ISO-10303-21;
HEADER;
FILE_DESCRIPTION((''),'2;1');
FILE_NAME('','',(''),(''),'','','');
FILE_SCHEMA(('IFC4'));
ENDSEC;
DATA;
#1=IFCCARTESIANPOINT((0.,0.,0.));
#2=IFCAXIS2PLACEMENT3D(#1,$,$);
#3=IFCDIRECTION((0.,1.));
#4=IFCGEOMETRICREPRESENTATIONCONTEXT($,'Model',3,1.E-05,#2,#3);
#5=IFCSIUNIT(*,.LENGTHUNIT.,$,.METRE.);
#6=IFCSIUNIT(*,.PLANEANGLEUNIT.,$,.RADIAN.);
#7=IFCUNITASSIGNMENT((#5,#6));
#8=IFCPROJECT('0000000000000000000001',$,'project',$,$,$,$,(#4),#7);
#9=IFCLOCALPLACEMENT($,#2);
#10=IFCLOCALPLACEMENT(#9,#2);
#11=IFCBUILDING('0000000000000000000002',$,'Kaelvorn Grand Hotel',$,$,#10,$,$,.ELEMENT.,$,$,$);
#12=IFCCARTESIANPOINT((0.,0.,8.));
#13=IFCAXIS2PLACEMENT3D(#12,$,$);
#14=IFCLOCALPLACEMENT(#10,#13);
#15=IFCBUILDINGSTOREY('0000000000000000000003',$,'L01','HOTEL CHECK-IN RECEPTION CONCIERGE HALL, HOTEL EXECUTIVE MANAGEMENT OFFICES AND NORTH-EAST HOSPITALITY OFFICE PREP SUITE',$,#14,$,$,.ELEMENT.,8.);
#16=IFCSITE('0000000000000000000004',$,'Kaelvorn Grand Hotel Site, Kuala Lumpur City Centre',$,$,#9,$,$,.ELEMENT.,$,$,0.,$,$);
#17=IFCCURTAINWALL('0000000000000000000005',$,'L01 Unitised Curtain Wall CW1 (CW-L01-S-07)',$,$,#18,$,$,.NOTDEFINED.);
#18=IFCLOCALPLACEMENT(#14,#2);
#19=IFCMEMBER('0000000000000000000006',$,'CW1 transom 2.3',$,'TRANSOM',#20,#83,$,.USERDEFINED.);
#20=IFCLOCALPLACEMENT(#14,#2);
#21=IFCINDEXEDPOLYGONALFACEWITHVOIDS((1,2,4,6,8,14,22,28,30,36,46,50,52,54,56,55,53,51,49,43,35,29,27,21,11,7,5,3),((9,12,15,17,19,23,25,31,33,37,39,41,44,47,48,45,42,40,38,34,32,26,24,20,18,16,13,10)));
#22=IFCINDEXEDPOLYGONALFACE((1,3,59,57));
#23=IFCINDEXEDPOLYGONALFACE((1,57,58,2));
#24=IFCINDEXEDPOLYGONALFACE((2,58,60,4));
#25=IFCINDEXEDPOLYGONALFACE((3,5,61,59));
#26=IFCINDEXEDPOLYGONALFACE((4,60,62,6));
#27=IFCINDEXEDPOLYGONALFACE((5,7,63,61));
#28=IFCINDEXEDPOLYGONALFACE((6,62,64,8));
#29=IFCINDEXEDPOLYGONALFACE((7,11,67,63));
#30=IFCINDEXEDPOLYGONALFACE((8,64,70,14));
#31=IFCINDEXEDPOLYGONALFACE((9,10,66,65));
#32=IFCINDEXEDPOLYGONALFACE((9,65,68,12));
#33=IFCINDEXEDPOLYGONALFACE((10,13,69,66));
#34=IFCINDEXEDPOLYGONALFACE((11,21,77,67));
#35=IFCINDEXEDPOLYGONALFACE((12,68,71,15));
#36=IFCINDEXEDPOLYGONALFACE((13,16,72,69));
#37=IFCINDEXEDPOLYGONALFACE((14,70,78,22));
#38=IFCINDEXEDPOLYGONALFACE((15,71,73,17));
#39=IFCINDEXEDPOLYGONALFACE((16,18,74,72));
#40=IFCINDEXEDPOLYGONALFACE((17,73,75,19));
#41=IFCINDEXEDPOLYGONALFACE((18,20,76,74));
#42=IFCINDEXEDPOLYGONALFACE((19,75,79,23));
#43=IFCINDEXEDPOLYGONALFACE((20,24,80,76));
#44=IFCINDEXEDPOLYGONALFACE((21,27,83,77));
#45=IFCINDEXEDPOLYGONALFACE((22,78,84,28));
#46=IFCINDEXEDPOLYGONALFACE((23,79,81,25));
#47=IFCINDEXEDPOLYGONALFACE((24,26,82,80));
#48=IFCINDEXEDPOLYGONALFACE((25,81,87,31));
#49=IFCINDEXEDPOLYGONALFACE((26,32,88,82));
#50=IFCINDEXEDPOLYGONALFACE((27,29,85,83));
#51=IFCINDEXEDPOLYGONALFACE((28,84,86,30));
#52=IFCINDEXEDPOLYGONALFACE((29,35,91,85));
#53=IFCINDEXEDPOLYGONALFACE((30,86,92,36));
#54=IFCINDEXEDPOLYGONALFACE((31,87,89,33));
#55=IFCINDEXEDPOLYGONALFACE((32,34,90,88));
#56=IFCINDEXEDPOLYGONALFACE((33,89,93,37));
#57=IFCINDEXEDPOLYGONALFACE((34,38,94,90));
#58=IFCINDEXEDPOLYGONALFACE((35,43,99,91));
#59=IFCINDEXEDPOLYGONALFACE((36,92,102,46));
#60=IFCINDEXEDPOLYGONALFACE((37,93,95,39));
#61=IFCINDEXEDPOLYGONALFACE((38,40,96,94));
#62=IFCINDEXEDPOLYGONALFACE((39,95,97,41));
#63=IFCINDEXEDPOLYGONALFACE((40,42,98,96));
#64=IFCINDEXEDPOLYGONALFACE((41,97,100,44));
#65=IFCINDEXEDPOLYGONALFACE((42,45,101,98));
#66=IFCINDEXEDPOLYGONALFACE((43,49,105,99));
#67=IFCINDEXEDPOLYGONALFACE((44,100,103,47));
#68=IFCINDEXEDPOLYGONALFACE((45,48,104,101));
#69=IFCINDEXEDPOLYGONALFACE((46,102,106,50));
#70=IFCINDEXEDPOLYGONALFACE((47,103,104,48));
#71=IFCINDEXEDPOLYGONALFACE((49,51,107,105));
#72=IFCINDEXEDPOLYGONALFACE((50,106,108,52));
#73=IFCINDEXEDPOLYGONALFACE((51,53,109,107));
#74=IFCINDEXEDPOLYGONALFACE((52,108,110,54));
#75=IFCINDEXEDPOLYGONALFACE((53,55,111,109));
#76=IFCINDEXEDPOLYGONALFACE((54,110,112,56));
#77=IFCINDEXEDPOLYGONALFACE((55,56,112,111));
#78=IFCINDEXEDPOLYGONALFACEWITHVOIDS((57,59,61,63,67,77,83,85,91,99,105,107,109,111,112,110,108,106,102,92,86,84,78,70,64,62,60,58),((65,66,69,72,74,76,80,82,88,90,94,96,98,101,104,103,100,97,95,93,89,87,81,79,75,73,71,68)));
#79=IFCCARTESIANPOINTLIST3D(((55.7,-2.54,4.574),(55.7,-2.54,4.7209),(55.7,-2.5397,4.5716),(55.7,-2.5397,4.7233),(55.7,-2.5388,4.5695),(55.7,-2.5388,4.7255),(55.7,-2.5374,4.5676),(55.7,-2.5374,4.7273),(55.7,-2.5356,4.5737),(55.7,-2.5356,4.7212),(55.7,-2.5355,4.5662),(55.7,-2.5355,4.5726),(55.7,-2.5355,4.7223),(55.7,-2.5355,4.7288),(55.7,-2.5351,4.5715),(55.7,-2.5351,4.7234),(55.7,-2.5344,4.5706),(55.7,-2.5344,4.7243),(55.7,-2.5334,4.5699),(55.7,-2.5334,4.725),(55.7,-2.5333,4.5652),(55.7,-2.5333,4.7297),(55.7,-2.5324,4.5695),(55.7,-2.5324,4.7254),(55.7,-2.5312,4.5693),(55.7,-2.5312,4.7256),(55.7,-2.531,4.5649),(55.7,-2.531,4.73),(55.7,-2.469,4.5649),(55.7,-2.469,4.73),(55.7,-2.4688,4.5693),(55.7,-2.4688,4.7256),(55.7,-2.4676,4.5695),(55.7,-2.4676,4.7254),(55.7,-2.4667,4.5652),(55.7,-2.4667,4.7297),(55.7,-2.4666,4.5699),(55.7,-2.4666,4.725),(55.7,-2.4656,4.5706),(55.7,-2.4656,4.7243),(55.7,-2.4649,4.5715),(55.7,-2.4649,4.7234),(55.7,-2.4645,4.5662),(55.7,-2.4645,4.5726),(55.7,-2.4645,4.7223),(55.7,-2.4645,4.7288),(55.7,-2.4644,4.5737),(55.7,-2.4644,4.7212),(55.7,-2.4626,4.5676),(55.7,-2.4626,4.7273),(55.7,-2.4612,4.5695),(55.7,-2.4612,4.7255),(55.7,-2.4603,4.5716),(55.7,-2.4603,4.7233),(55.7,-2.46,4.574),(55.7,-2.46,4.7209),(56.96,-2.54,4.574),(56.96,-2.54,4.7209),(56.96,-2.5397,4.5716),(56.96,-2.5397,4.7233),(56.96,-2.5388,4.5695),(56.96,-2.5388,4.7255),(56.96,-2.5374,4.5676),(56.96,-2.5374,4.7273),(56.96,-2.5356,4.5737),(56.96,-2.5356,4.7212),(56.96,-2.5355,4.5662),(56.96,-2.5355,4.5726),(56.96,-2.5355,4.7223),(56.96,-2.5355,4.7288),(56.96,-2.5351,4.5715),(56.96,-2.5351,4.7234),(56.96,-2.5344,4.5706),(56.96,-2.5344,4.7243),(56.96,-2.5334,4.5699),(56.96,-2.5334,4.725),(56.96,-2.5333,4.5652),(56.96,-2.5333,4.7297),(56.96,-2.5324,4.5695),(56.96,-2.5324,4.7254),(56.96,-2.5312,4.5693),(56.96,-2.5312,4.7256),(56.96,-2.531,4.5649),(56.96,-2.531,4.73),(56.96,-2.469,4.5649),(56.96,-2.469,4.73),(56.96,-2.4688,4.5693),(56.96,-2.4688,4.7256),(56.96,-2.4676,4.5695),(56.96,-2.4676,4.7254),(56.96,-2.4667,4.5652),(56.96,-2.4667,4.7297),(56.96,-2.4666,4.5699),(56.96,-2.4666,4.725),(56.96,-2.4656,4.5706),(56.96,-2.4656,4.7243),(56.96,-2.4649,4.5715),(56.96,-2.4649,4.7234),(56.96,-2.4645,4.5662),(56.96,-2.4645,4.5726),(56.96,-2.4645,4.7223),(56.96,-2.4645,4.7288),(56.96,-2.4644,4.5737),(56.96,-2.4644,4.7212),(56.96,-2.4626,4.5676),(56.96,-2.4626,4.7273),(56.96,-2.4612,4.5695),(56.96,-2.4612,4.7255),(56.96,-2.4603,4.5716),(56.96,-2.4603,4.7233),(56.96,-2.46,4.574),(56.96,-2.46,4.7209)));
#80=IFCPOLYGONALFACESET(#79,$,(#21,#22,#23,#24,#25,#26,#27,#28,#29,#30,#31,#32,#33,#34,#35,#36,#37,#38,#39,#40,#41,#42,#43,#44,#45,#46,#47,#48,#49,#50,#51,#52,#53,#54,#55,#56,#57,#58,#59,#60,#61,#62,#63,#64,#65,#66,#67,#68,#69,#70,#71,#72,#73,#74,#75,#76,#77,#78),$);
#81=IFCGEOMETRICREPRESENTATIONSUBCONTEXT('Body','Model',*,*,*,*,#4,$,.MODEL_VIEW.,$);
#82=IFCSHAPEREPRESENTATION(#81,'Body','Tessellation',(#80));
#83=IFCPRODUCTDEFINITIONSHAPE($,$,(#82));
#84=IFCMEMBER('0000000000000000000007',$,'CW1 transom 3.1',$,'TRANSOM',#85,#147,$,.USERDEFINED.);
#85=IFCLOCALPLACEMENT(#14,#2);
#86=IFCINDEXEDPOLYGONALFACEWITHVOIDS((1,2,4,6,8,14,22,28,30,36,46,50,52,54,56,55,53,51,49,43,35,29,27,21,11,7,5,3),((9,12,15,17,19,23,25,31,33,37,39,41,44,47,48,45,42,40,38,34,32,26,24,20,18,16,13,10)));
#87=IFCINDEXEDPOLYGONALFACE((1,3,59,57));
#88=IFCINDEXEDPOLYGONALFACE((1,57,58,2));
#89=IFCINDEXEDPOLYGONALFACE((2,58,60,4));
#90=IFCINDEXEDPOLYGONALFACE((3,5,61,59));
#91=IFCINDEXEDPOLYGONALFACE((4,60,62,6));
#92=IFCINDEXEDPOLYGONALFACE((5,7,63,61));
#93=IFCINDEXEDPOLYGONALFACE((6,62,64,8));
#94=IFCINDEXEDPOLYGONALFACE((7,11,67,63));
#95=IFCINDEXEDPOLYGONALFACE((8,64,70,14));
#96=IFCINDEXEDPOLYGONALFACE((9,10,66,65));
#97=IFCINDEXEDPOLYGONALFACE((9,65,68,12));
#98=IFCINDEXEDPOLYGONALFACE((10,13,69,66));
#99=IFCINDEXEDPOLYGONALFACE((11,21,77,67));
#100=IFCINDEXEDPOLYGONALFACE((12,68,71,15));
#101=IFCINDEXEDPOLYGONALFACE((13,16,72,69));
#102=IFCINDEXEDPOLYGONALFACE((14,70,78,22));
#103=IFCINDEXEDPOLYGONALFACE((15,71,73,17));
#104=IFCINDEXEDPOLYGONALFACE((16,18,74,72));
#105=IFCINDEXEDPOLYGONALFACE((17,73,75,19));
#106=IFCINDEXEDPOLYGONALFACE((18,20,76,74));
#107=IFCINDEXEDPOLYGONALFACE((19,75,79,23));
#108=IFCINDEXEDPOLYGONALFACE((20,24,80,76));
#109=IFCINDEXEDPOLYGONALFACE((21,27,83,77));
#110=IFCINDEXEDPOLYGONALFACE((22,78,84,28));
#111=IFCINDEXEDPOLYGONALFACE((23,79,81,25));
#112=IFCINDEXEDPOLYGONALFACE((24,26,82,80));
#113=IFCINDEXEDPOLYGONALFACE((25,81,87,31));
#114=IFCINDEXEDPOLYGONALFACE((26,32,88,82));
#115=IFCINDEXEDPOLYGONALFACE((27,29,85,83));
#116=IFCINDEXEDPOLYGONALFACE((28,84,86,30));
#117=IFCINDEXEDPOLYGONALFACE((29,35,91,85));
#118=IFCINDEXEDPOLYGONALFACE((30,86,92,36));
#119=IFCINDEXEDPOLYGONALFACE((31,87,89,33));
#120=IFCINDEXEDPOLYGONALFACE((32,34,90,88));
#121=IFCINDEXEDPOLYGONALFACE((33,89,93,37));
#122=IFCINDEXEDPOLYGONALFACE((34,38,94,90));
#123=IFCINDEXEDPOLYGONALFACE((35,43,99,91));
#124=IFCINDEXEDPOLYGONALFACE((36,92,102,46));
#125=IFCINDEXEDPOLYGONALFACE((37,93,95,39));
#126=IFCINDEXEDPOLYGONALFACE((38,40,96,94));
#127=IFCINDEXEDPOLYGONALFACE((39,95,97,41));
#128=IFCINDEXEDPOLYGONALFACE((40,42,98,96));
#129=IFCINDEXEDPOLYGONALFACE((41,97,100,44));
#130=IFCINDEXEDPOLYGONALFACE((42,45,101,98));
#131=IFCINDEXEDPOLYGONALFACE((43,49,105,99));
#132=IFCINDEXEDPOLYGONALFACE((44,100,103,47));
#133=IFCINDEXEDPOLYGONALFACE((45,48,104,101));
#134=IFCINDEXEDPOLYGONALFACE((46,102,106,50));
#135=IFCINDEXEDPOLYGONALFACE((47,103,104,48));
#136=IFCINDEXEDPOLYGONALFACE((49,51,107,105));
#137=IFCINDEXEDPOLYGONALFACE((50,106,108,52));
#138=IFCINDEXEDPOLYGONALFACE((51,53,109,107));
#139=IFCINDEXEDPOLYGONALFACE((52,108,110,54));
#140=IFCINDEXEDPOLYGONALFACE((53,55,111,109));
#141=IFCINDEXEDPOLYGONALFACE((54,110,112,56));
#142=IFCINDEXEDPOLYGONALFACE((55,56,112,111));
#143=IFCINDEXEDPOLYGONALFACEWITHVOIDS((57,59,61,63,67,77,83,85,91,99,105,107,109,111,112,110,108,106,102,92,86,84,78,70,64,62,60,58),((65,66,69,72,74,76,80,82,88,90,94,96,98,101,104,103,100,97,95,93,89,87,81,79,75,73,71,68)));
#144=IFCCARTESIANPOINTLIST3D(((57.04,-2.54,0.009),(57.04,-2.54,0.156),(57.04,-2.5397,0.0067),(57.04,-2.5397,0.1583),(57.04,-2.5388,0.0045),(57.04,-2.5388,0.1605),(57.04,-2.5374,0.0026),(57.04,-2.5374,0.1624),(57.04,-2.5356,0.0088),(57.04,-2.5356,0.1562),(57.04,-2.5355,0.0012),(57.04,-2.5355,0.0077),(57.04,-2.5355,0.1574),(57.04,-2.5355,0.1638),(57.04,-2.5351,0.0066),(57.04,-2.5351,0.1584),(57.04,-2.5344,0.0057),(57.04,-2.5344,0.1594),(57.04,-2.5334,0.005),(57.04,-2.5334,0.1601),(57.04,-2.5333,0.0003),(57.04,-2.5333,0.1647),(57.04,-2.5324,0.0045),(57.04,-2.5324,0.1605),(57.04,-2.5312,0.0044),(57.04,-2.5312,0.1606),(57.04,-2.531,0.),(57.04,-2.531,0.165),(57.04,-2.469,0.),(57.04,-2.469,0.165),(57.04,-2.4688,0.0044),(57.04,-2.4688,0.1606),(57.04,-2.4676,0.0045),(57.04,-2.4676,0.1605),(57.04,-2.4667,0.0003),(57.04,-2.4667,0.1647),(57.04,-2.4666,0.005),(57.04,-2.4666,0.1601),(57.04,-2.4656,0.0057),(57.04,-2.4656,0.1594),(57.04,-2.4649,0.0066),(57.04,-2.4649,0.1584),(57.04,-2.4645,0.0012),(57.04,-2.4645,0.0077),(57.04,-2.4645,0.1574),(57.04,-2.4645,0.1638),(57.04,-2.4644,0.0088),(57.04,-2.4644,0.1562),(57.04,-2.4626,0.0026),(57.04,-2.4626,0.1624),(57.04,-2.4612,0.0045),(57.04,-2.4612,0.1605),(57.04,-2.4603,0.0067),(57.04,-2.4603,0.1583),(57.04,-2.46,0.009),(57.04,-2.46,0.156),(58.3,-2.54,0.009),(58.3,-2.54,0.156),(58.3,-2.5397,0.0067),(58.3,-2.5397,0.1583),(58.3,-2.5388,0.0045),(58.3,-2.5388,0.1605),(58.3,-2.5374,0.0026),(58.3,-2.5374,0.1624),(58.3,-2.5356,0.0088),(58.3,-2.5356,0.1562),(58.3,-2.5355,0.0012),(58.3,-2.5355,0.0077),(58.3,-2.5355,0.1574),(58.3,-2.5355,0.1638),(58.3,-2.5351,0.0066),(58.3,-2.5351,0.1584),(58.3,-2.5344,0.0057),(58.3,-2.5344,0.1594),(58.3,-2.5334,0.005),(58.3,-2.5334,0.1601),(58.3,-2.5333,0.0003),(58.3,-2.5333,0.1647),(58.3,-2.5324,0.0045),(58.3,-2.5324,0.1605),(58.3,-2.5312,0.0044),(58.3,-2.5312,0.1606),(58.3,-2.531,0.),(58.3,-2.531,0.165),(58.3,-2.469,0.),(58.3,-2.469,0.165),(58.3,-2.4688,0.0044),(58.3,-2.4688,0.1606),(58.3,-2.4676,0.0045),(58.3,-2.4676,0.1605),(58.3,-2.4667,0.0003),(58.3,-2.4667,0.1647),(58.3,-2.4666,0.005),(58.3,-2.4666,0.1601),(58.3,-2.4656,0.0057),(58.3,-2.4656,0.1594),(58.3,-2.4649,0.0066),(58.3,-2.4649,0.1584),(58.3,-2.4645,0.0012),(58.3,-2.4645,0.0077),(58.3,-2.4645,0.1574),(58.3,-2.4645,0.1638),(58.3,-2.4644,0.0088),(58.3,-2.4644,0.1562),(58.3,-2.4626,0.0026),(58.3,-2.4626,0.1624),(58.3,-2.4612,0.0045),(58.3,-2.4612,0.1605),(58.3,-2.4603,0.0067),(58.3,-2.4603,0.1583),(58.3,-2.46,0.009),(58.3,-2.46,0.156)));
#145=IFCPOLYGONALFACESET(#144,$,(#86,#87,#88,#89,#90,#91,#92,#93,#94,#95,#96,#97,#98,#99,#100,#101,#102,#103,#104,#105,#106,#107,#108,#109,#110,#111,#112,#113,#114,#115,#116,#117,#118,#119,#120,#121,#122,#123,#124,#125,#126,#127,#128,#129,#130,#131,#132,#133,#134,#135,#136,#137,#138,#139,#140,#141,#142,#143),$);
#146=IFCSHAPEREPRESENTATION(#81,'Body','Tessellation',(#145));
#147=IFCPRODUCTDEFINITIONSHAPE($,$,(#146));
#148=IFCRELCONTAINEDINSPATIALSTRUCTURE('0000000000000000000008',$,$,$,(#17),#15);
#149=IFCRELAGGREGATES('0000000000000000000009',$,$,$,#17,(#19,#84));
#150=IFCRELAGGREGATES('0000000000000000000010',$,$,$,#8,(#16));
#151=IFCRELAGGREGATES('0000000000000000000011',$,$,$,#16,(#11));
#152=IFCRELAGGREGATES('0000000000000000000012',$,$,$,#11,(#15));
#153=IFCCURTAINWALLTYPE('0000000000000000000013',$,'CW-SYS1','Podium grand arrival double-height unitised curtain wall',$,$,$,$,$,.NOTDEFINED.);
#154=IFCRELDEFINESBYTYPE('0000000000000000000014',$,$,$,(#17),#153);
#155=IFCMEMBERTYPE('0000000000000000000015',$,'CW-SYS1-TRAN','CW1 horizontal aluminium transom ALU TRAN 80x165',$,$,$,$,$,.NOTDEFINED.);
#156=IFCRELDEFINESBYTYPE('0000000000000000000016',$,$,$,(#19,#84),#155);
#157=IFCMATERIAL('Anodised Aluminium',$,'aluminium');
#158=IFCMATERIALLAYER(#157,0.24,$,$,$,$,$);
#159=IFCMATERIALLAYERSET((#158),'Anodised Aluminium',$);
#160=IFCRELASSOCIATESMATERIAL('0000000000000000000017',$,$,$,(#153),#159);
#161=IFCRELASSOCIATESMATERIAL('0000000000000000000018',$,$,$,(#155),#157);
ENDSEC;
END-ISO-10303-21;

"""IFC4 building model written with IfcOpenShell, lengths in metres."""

from ifc_helpers import new_model, si_unit, direction, frame, origin, origin_2d, place, context, subcontext, project, spatial, hollow_rectangle, extrude, material, layer, layer_set, material_profile, profile_set, type_object, element, aggregate, save


model = new_model("IFC4")

# Units and contexts
model_context = context("Model", 3, precision=1e-05, world=origin(), true_north=direction((0.0, 1.0)))
body_context = subcontext(model_context, "Body", "Model", "MODEL_VIEW")
ifc_project = project(units=[si_unit("LENGTHUNIT", "METRE"), si_unit("PLANEANGLEUNIT", "RADIAN")], contexts=[model_context])

# Site, building, storey
site_placement = place(None, origin())
site = spatial("IfcSite", under=ifc_project, at=site_placement, Name="Kaelvorn Grand Hotel Site, Kuala Lumpur City Centre", CompositionType="ELEMENT", RefElevation=0.0)
building_placement = place(site_placement, origin())
building = spatial("IfcBuilding", under=site, at=building_placement, Name="Kaelvorn Grand Hotel", CompositionType="ELEMENT")
storey_placement = place(building_placement, frame((0.0, 0.0, 8.0)))
storey = spatial("IfcBuildingStorey", under=building, at=storey_placement, Name="L01", Description="HOTEL CHECK-IN RECEPTION CONCIERGE HALL, HOTEL EXECUTIVE MANAGEMENT OFFICES AND NORTH-EAST HOSPITALITY OFFICE PREP SUITE", CompositionType="ELEMENT", Elevation=8.0)

# Curtain wall
ifc_material_1 = material(Name="Anodised Aluminium", Category="aluminium")
ifc_layer_1 = layer(ifc_material_1, 0.24)
ifc_layer_set_1 = layer_set([ifc_layer_1], Name="Anodised Aluminium")
curtain_wall_type = type_object("IfcCurtainWallType", Name="CW-SYS1", Description="Podium grand arrival double-height unitised curtain wall", PredefinedType="NOTDEFINED", material=ifc_layer_set_1)
curtain_wall_1_placement = place(storey_placement, origin())
curtain_wall_1 = element("IfcCurtainWall", 1, at=curtain_wall_1_placement, inside=storey, type_object=curtain_wall_type, Name="L01 Unitised Curtain Wall CW1 (CW-L01-S-07)", PredefinedType="NOTDEFINED")

# Members
ifc_material_profile_1 = material_profile(ifc_material_1, hollow_rectangle(XDim=0.0801, YDim=0.165, WallThickness=0.0044, InnerFilletRadius=0.0044, OuterFilletRadius=0.009, at=origin_2d()), Name="ALU TRAN 80x165")
ifc_profile_set_1 = profile_set([ifc_material_profile_1], Name="Anodised Aluminium")
member_type_1 = type_object("IfcMemberType", Name="CW-SYS1-TRAN", Description="CW1 horizontal aluminium transom ALU TRAN 80x165", PredefinedType="NOTDEFINED", material=ifc_profile_set_1)
member_1_placement = place(storey_placement, frame((55.7, -2.5, 4.6475), z_axis=(1.0, 0.0, 0.0), x_axis=(0.0, 1.0, 0.0)))
member_1 = element("IfcMember", 2, at=member_1_placement, type_object=member_type_1, Name="CW1 transom 2.3", ObjectType="TRANSOM", PredefinedType="USERDEFINED", context=body_context, shape_type="SweptSolid", body=[
    extrude(hollow_rectangle(XDim=0.0801, YDim=0.165, WallThickness=0.0044, InnerFilletRadius=0.0044, OuterFilletRadius=0.009, at=origin_2d()), origin(), (0.0, 0.0, 1.0), 1.26),
])
member_2_placement = place(storey_placement, frame((57.04, -2.5, 0.0825), z_axis=(1.0, 0.0, 0.0), x_axis=(0.0, 1.0, 0.0)))
member_2 = element("IfcMember", 3, at=member_2_placement, type_object=member_type_1, Name="CW1 transom 3.1", ObjectType="TRANSOM", PredefinedType="USERDEFINED", context=body_context, shape_type="SweptSolid", body=[
    extrude(hollow_rectangle(XDim=0.0801, YDim=0.165, WallThickness=0.0044, InnerFilletRadius=0.0044, OuterFilletRadius=0.009, at=origin_2d()), origin(), (0.0, 0.0, 1.0), 1.26),
])

aggregate(curtain_wall_1, [member_1, member_2])

save(model, "model.ifc")
